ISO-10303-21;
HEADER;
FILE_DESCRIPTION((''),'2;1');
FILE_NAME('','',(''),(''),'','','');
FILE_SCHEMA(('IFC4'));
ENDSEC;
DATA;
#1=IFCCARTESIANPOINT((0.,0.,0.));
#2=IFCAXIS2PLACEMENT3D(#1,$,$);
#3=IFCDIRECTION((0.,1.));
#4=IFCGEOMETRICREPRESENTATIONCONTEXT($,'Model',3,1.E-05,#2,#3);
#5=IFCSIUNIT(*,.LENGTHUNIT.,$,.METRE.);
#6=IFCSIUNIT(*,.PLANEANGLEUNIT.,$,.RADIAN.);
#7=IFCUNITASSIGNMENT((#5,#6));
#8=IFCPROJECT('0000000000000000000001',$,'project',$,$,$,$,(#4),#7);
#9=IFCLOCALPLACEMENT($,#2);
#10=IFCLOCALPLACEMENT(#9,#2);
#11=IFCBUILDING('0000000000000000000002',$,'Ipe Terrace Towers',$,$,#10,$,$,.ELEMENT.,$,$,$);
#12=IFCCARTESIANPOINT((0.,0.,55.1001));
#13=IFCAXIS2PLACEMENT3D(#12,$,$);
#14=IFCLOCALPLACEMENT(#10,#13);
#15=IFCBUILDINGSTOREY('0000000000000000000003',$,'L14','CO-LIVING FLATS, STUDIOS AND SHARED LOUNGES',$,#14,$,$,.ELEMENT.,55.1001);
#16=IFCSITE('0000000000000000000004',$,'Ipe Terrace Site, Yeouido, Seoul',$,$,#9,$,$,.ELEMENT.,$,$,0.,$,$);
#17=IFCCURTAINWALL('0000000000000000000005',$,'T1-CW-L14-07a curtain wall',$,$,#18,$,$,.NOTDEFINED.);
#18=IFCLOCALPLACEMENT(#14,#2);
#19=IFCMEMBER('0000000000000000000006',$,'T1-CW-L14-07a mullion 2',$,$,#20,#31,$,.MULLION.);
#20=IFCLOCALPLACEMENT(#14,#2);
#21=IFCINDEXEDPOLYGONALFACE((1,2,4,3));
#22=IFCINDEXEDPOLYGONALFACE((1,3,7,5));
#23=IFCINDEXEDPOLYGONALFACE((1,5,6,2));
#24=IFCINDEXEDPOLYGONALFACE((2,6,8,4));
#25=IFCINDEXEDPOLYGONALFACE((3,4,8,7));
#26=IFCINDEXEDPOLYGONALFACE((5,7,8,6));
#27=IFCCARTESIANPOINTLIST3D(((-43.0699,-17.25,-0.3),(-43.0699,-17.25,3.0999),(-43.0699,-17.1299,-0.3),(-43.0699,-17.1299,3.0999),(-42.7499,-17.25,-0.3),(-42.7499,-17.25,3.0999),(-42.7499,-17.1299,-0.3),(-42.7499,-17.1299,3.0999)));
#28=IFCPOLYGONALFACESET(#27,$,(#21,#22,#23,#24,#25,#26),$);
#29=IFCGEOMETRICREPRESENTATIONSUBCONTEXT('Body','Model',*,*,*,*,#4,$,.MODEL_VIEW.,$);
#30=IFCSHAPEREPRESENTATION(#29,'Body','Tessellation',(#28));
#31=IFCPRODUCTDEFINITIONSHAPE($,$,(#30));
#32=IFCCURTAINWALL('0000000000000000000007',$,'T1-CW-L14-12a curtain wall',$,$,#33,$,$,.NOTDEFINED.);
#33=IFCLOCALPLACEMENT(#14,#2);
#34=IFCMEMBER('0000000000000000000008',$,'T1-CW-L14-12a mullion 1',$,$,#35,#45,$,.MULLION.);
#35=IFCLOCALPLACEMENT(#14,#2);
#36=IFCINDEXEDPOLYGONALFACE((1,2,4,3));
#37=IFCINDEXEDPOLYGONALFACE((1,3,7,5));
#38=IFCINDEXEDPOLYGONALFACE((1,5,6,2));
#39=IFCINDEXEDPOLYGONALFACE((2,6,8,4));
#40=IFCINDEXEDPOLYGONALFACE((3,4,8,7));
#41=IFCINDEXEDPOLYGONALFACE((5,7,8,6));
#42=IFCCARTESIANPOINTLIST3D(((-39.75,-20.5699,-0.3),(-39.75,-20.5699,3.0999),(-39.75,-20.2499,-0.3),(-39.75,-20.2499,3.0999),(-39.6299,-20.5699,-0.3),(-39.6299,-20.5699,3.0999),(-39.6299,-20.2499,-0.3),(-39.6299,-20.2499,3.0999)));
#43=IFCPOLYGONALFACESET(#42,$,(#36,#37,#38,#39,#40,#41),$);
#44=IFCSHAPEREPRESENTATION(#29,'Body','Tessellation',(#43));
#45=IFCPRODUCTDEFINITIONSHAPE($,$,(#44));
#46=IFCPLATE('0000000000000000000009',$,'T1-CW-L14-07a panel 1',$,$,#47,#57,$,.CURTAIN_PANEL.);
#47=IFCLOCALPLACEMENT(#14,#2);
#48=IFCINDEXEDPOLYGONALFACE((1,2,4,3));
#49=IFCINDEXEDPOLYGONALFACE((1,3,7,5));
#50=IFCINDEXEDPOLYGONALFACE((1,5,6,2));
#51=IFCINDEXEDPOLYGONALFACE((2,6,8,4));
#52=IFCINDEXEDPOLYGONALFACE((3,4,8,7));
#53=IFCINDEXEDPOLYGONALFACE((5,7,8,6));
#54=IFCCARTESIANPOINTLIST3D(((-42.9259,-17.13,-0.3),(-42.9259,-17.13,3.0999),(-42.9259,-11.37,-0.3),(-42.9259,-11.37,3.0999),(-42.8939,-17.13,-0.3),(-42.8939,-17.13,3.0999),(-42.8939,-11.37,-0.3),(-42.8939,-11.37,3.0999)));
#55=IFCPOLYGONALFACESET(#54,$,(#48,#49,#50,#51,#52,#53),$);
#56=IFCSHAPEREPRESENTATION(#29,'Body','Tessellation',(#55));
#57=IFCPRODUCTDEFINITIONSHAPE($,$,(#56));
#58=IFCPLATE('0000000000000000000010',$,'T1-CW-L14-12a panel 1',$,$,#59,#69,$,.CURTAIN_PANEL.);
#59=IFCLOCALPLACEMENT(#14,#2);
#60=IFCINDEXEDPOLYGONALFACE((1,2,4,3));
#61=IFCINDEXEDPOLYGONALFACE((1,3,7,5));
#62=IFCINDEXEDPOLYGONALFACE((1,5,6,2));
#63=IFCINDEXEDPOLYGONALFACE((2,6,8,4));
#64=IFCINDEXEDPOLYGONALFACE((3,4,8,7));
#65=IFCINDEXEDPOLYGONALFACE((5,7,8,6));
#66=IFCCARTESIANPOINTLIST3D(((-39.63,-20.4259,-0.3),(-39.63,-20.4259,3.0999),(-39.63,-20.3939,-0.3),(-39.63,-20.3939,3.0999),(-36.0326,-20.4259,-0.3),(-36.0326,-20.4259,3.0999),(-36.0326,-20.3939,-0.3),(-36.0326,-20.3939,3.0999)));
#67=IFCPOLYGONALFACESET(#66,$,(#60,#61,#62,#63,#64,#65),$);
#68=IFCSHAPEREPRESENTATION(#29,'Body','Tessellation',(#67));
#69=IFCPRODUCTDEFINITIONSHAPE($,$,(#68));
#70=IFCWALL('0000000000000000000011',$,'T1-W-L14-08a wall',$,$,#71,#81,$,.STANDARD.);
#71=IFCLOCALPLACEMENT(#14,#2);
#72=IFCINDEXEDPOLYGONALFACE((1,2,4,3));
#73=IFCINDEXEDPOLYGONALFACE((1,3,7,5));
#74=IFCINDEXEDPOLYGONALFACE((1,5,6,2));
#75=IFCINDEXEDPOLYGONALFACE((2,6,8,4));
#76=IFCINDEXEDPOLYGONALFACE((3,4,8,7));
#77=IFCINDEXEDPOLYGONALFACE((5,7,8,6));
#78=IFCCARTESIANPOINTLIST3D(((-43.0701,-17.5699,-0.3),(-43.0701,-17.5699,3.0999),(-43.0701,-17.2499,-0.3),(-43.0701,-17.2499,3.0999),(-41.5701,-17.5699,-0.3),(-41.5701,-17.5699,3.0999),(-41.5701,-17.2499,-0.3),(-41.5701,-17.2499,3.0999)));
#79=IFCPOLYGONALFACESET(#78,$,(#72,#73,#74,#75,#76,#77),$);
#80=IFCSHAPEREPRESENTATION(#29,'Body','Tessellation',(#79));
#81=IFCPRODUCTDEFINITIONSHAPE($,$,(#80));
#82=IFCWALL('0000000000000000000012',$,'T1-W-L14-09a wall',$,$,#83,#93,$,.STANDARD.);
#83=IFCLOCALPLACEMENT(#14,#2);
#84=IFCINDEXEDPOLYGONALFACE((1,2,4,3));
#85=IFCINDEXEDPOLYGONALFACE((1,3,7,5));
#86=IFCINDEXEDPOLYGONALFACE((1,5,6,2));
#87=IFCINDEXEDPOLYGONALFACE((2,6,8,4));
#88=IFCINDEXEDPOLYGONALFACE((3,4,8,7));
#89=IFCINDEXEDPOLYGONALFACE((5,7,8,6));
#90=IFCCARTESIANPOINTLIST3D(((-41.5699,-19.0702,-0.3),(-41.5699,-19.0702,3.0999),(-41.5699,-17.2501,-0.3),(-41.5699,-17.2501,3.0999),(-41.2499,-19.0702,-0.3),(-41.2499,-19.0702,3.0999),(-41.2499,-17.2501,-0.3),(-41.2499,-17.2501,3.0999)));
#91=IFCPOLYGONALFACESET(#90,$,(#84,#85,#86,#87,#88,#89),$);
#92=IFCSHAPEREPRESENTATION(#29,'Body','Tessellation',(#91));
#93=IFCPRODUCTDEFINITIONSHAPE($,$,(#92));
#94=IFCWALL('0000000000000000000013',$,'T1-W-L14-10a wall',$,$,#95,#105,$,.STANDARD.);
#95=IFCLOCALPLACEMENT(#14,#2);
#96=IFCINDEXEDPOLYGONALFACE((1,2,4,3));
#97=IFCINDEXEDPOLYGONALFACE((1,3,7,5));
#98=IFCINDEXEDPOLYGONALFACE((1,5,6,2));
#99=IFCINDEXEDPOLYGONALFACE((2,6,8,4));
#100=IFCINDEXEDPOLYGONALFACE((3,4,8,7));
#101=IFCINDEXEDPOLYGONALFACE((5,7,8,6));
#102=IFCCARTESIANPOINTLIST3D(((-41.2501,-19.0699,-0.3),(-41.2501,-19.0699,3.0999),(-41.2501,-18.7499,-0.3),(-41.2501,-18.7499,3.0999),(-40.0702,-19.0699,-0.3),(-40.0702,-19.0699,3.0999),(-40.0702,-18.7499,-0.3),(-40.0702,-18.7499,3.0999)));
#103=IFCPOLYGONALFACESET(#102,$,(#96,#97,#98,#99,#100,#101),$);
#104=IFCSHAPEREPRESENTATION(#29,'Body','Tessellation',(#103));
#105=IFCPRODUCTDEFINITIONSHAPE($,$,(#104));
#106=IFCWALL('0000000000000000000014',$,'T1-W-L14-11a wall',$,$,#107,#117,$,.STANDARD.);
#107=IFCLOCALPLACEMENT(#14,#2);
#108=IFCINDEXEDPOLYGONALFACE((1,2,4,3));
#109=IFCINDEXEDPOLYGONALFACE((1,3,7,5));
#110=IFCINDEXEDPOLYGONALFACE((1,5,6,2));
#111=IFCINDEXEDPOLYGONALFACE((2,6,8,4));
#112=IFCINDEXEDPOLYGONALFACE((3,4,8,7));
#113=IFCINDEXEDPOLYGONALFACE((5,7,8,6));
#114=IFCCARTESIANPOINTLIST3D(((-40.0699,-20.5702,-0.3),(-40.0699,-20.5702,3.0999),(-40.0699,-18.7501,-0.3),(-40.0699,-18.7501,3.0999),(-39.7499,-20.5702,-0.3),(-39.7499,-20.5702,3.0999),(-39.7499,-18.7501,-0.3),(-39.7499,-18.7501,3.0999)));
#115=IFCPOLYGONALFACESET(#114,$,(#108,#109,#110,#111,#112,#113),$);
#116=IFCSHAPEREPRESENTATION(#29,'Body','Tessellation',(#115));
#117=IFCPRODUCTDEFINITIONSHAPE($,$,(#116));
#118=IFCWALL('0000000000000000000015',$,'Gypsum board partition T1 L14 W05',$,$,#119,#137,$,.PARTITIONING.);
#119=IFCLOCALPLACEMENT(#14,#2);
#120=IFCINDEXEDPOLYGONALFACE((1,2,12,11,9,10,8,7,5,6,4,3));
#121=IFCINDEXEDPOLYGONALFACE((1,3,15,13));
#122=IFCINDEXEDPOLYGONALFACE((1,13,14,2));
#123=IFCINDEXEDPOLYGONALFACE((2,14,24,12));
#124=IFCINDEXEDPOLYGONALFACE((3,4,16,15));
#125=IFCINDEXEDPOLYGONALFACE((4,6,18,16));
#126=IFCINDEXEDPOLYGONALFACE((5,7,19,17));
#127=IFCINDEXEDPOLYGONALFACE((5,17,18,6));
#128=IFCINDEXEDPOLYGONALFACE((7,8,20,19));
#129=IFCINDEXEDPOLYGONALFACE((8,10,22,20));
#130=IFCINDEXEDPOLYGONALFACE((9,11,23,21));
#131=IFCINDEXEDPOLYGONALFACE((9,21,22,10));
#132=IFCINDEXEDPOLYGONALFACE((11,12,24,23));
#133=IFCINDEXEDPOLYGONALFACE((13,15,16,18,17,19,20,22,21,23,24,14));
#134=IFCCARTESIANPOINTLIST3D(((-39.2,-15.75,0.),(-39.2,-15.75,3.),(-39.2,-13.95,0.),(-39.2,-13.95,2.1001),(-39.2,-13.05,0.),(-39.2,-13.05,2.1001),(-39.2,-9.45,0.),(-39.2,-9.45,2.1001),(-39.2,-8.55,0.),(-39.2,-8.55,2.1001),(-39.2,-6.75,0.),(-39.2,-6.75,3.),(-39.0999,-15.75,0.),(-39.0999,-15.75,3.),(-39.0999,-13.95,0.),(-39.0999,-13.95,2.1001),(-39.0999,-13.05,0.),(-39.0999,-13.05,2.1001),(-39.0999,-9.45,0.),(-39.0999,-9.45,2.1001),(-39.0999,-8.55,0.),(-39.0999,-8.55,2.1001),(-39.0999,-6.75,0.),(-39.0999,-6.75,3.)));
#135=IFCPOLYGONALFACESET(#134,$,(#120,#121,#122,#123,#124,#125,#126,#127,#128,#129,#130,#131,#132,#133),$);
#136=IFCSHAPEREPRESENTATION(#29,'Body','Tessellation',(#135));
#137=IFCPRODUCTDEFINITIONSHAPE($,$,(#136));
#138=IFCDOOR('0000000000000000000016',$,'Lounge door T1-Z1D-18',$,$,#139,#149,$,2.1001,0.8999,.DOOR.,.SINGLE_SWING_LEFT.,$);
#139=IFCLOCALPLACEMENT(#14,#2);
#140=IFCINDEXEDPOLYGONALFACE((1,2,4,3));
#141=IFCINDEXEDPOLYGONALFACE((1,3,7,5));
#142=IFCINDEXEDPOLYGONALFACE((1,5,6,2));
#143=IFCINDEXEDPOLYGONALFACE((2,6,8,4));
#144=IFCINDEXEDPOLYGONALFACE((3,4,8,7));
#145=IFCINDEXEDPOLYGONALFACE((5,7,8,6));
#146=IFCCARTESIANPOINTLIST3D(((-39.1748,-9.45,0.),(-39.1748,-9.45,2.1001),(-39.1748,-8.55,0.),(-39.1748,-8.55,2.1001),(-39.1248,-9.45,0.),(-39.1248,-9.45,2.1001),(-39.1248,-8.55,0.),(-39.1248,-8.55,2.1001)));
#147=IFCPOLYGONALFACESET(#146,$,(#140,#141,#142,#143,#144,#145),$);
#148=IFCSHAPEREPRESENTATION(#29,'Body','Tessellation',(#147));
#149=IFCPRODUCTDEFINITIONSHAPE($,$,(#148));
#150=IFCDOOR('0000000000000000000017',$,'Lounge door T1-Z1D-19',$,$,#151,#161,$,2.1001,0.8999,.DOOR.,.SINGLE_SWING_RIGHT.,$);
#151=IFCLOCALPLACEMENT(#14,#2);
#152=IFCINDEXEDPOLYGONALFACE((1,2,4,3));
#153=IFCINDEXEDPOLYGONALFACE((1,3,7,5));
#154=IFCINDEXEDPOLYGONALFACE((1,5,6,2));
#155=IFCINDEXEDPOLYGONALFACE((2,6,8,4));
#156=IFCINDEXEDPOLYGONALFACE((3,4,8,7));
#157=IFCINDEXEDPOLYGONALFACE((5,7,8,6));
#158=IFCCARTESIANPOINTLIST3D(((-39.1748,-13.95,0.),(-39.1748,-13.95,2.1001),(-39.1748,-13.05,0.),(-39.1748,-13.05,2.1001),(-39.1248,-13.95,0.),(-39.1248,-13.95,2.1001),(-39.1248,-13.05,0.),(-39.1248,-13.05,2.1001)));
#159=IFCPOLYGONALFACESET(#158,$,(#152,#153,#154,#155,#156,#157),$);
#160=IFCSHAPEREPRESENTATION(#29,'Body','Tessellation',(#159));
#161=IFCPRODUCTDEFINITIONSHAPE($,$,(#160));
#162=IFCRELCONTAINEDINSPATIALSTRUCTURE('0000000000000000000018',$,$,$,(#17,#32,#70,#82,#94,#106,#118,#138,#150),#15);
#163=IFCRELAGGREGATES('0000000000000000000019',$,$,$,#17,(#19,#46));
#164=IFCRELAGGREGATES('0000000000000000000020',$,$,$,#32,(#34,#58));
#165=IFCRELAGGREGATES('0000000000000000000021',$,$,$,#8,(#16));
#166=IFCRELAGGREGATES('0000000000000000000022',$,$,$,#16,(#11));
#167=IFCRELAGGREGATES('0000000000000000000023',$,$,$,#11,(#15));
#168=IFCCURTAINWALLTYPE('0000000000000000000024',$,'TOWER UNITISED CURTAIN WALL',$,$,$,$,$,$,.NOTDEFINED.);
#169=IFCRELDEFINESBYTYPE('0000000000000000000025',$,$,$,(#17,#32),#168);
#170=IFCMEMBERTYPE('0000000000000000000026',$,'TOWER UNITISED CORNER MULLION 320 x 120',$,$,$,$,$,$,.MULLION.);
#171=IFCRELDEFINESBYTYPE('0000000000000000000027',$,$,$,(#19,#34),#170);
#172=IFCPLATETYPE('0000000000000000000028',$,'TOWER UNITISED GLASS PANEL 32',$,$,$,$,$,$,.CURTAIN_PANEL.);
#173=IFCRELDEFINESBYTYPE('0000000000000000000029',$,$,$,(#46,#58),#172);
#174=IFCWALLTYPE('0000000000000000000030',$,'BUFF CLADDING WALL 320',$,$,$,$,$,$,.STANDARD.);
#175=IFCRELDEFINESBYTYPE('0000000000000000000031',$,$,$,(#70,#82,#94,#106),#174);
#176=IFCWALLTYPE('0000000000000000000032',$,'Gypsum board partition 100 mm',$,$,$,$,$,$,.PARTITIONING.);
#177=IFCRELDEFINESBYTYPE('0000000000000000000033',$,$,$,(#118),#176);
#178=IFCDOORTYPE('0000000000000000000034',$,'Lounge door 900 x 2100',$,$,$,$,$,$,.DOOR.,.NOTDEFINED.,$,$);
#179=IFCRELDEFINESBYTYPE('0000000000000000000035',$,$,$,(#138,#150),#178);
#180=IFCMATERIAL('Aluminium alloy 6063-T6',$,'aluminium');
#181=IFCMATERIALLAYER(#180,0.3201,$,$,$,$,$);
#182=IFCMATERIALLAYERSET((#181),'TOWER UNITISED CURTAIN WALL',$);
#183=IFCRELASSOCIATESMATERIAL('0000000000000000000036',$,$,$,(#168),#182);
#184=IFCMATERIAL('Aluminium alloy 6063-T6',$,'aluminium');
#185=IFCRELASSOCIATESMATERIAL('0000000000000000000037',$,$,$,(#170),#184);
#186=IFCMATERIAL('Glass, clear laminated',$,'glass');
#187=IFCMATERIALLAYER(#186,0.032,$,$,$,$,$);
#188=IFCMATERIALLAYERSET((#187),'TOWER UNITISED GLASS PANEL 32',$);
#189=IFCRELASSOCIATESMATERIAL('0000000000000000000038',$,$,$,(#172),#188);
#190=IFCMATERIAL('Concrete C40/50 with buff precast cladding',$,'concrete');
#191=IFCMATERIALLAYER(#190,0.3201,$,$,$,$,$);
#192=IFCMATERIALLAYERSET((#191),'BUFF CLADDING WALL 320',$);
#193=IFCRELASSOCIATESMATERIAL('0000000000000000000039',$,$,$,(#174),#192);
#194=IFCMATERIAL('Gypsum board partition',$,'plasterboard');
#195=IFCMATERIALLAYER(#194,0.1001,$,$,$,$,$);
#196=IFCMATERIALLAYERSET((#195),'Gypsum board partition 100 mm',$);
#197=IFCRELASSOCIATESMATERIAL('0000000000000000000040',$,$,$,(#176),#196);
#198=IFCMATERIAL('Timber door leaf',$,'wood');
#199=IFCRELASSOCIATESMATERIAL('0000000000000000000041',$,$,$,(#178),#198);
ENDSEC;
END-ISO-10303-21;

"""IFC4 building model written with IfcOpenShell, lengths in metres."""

from ifc_helpers import new_model, si_unit, direction, frame, frame_2d, origin, origin_2d, place, context, subcontext, project, spatial, rectangle, extrude, material, layer, layer_set, material_profile, profile_set, type_object, element, fill, aggregate, save


model = new_model("IFC4")

# Units and contexts
model_context = context("Model", 3, precision=1e-05, world=origin(), true_north=direction((0.0, 1.0)))
body_context = subcontext(model_context, "Body", "Model", "MODEL_VIEW")
ifc_project = project(units=[si_unit("LENGTHUNIT", "METRE"), si_unit("PLANEANGLEUNIT", "RADIAN")], contexts=[model_context])

# Site, building, storey
site_placement = place(None, origin())
site = spatial("IfcSite", under=ifc_project, at=site_placement, Name="Ipe Terrace Site, Yeouido, Seoul", CompositionType="ELEMENT", RefElevation=0.0)
building_placement = place(site_placement, origin())
building = spatial("IfcBuilding", under=site, at=building_placement, Name="Ipe Terrace Towers", CompositionType="ELEMENT")
storey_placement = place(building_placement, frame((0.0, 0.0, 55.1001)))
storey = spatial("IfcBuildingStorey", under=building, at=storey_placement, Name="L14", Description="CO-LIVING FLATS, STUDIOS AND SHARED LOUNGES", CompositionType="ELEMENT", Elevation=55.1001)

# Curtain walls, members
ifc_material_1 = material(Name="Aluminium alloy 6063-T6", Category="aluminium")
ifc_layer_1 = layer(ifc_material_1, 0.3201)
ifc_layer_set_1 = layer_set([ifc_layer_1], Name="TOWER UNITISED CURTAIN WALL")
curtain_wall_type = type_object("IfcCurtainWallType", Name="TOWER UNITISED CURTAIN WALL", PredefinedType="NOTDEFINED", material=ifc_layer_set_1)
curtain_wall_1_placement = place(storey_placement, origin())
curtain_wall_1 = element("IfcCurtainWall", 1, at=curtain_wall_1_placement, inside=storey, type_object=curtain_wall_type, Name="T1-CW-L14-07a curtain wall", PredefinedType="NOTDEFINED")
ifc_material_2 = material(Name="Aluminium alloy 6063-T6", Category="aluminium")
ifc_material_profile_1 = material_profile(ifc_material_2, rectangle(XDim=0.3201, YDim=0.1201, at=origin_2d()), Name="TOWER UNITISED CORNER MULLION 320 x 120")
ifc_profile_set_1 = profile_set([ifc_material_profile_1], Name="Aluminium alloy 6063-T6")
member_type = type_object("IfcMemberType", Name="TOWER UNITISED CORNER MULLION 320 x 120", PredefinedType="MULLION", material=ifc_profile_set_1)
member_1_placement = place(storey_placement, frame((-42.9099, -17.1899, -0.3), z_axis=(0.0, 0.0, 1.0), x_axis=(-1.0, 0.0, 0.0)))
member_1 = element("IfcMember", 2, at=member_1_placement, type_object=member_type, Name="T1-CW-L14-07a mullion 2", PredefinedType="MULLION", context=body_context, shape_type="SweptSolid", body=[
    extrude(rectangle(XDim=0.3201, YDim=0.1201, at=origin_2d()), origin(), (0.0, 0.0, 1.0), 3.3999),
])
curtain_wall_2_placement = place(storey_placement, origin())
curtain_wall_2 = element("IfcCurtainWall", 3, at=curtain_wall_2_placement, inside=storey, type_object=curtain_wall_type, Name="T1-CW-L14-12a curtain wall", PredefinedType="NOTDEFINED")
member_2_placement = place(storey_placement, frame((-39.6899, -20.4099, -0.3), z_axis=(0.0, 0.0, 1.0), x_axis=(0.0, -1.0, 0.0)))
member_2 = element("IfcMember", 4, at=member_2_placement, type_object=member_type, Name="T1-CW-L14-12a mullion 1", PredefinedType="MULLION", context=body_context, shape_type="SweptSolid", body=[
    extrude(rectangle(XDim=0.3201, YDim=0.1201, at=origin_2d()), origin(), (0.0, 0.0, 1.0), 3.3999),
])

# Plates
ifc_material_3 = material(Name="Glass, clear laminated", Category="glass")
ifc_layer_2 = layer(ifc_material_3, 0.032)
ifc_layer_set_2 = layer_set([ifc_layer_2], Name="TOWER UNITISED GLASS PANEL 32")
plate_type = type_object("IfcPlateType", Name="TOWER UNITISED GLASS PANEL 32", PredefinedType="CURTAIN_PANEL", material=ifc_layer_set_2)
plate_1_placement = place(storey_placement, frame((-42.9099, -14.25, -0.3), z_axis=(0.0, 0.0, 1.0), x_axis=(0.0, -1.0, 0.0)))
plate_1 = element("IfcPlate", 5, at=plate_1_placement, type_object=plate_type, Name="T1-CW-L14-07a panel 1", PredefinedType="CURTAIN_PANEL", context=body_context, shape_type="SweptSolid", body=[
    extrude(rectangle(XDim=5.76, YDim=0.032, at=origin_2d()), origin(), (0.0, 0.0, 1.0), 3.3999),
])
aggregate(curtain_wall_1, [member_1, plate_1])
plate_2_placement = place(storey_placement, frame((-37.8313, -20.4099, -0.3), z_axis=(0.0, 0.0, 1.0), x_axis=(1.0, 0.0, 0.0)))
plate_2 = element("IfcPlate", 6, at=plate_2_placement, type_object=plate_type, Name="T1-CW-L14-12a panel 1", PredefinedType="CURTAIN_PANEL", context=body_context, shape_type="SweptSolid", body=[
    extrude(rectangle(XDim=3.5974, YDim=0.032, at=origin_2d()), origin(), (0.0, 0.0, 1.0), 3.3999),
])
aggregate(curtain_wall_2, [member_2, plate_2])

# Walls
ifc_material_4 = material(Name="Concrete C40/50 with buff precast cladding", Category="concrete")
ifc_layer_3 = layer(ifc_material_4, 0.3201)
ifc_layer_set_3 = layer_set([ifc_layer_3], Name="BUFF CLADDING WALL 320")
wall_type_1 = type_object("IfcWallType", Name="BUFF CLADDING WALL 320", PredefinedType="STANDARD", material=ifc_layer_set_3)
wall_1_placement = place(storey_placement, frame((-43.0701, -17.4099, -0.3), z_axis=(0.0, 0.0, 1.0), x_axis=(1.0, 0.0, 0.0)))
element("IfcWall", 7, at=wall_1_placement, inside=storey, type_object=wall_type_1, Name="T1-W-L14-08a wall", PredefinedType="STANDARD", context=body_context, shape_type="SweptSolid", body=[
    extrude(rectangle(XDim=1.5, YDim=0.3201, at=frame_2d((0.75, 0.0))), origin(), (0.0, 0.0, 1.0), 3.3999),
])
wall_2_placement = place(storey_placement, frame((-41.4099, -17.25, -0.3), z_axis=(0.0, 0.0, 1.0), x_axis=(0.0, -1.0, 0.0)))
element("IfcWall", 8, at=wall_2_placement, inside=storey, type_object=wall_type_1, Name="T1-W-L14-09a wall", PredefinedType="STANDARD", context=body_context, shape_type="SweptSolid", body=[
    extrude(rectangle(XDim=1.8201, YDim=0.3201, at=frame_2d((0.9102, 0.0))), origin(), (0.0, 0.0, 1.0), 3.3999),
])
wall_3_placement = place(storey_placement, frame((-41.25, -18.9099, -0.3), z_axis=(0.0, 0.0, 1.0), x_axis=(1.0, 0.0, 0.0)))
element("IfcWall", 9, at=wall_3_placement, inside=storey, type_object=wall_type_1, Name="T1-W-L14-10a wall", PredefinedType="STANDARD", context=body_context, shape_type="SweptSolid", body=[
    extrude(rectangle(XDim=1.1799, YDim=0.3201, at=frame_2d((0.5898, 0.0))), origin(), (0.0, 0.0, 1.0), 3.3999),
])
wall_4_placement = place(storey_placement, frame((-39.9099, -18.75, -0.3), z_axis=(0.0, 0.0, 1.0), x_axis=(0.0, -1.0, 0.0)))
element("IfcWall", 10, at=wall_4_placement, inside=storey, type_object=wall_type_1, Name="T1-W-L14-11a wall", PredefinedType="STANDARD", context=body_context, shape_type="SweptSolid", body=[
    extrude(rectangle(XDim=1.8201, YDim=0.3201, at=frame_2d((0.9102, 0.0))), origin(), (0.0, 0.0, 1.0), 3.3999),
])

# Wall, openings, doors
ifc_material_5 = material(Name="Gypsum board partition", Category="plasterboard")
ifc_layer_4 = layer(ifc_material_5, 0.1001)
ifc_layer_set_4 = layer_set([ifc_layer_4], Name="Gypsum board partition 100 mm")
wall_type_2 = type_object("IfcWallType", Name="Gypsum board partition 100 mm", PredefinedType="PARTITIONING", material=ifc_layer_set_4)
wall_5_placement = place(storey_placement, frame((-39.1499, -15.75, 0.0), z_axis=(0.0, 0.0, 1.0), x_axis=(0.0, 1.0, 0.0)))
wall_5 = element("IfcWall", 11, at=wall_5_placement, inside=storey, type_object=wall_type_2, Name="Gypsum board partition T1 L14 W05", PredefinedType="PARTITIONING", context=body_context, shape_type="SweptSolid", body=[
    extrude(rectangle(XDim=9.0, YDim=0.1001, at=frame_2d((4.5, 0.0))), origin(), (0.0, 0.0, 1.0), 3.0),
])
opening_1_placement = place(wall_5_placement, frame((6.3, 0.0, 0.0)))
opening_1 = element("IfcOpeningElement", 12, at=opening_1_placement, cuts=wall_5, PredefinedType="OPENING", context=body_context, shape_type="SweptSolid", body=[
    extrude(rectangle(XDim=0.8999, YDim=2.1001, at=frame_2d((0.45, 1.05))), frame((0.0, 0.0601, 0.0), z_axis=(0.0, -1.0, 0.0), x_axis=(1.0, 0.0, 0.0)), (0.0, 0.0, 1.0), 0.1201),
])
opening_2_placement = place(wall_5_placement, frame((1.8, 0.0, 0.0)))
opening_2 = element("IfcOpeningElement", 13, at=opening_2_placement, cuts=wall_5, PredefinedType="OPENING", context=body_context, shape_type="SweptSolid", body=[
    extrude(rectangle(XDim=0.8999, YDim=2.1001, at=frame_2d((0.45, 1.05))), frame((0.0, 0.0601, 0.0), z_axis=(0.0, -1.0, 0.0), x_axis=(1.0, 0.0, 0.0)), (0.0, 0.0, 1.0), 0.1201),
])
ifc_material_6 = material(Name="Timber door leaf", Category="wood")
door_type_1 = type_object("IfcDoorType", Name="Lounge door 900 x 2100", OperationType="NOTDEFINED", PredefinedType="DOOR", material=ifc_material_6)
door_1_placement = place(opening_1_placement, origin())
door_1 = element("IfcDoor", 14, at=door_1_placement, inside=storey, type_object=door_type_1, Name="Lounge door T1-Z1D-18", OperationType="SINGLE_SWING_LEFT", OverallHeight=2.1001, OverallWidth=0.8999, PredefinedType="DOOR", context=body_context, shape_type="SweptSolid", body=[
    extrude(rectangle(XDim=0.8999, YDim=2.1001, at=frame_2d((0.45, 1.05))), frame((0.0, 0.0249, 0.0), z_axis=(0.0, -1.0, 0.0), x_axis=(1.0, 0.0, 0.0)), (0.0, 0.0, 1.0), 0.05),
])
fill(opening_1, door_1)
door_2_placement = place(opening_2_placement, origin())
door_2 = element("IfcDoor", 15, at=door_2_placement, inside=storey, type_object=door_type_1, Name="Lounge door T1-Z1D-19", OperationType="SINGLE_SWING_RIGHT", OverallHeight=2.1001, OverallWidth=0.8999, PredefinedType="DOOR", context=body_context, shape_type="SweptSolid", body=[
    extrude(rectangle(XDim=0.8999, YDim=2.1001, at=frame_2d((0.45, 1.05))), frame((0.0, 0.0249, 0.0), z_axis=(0.0, -1.0, 0.0), x_axis=(1.0, 0.0, 0.0)), (0.0, 0.0, 1.0), 0.05),
])
fill(opening_2, door_2)

save(model, "model.ifc")
